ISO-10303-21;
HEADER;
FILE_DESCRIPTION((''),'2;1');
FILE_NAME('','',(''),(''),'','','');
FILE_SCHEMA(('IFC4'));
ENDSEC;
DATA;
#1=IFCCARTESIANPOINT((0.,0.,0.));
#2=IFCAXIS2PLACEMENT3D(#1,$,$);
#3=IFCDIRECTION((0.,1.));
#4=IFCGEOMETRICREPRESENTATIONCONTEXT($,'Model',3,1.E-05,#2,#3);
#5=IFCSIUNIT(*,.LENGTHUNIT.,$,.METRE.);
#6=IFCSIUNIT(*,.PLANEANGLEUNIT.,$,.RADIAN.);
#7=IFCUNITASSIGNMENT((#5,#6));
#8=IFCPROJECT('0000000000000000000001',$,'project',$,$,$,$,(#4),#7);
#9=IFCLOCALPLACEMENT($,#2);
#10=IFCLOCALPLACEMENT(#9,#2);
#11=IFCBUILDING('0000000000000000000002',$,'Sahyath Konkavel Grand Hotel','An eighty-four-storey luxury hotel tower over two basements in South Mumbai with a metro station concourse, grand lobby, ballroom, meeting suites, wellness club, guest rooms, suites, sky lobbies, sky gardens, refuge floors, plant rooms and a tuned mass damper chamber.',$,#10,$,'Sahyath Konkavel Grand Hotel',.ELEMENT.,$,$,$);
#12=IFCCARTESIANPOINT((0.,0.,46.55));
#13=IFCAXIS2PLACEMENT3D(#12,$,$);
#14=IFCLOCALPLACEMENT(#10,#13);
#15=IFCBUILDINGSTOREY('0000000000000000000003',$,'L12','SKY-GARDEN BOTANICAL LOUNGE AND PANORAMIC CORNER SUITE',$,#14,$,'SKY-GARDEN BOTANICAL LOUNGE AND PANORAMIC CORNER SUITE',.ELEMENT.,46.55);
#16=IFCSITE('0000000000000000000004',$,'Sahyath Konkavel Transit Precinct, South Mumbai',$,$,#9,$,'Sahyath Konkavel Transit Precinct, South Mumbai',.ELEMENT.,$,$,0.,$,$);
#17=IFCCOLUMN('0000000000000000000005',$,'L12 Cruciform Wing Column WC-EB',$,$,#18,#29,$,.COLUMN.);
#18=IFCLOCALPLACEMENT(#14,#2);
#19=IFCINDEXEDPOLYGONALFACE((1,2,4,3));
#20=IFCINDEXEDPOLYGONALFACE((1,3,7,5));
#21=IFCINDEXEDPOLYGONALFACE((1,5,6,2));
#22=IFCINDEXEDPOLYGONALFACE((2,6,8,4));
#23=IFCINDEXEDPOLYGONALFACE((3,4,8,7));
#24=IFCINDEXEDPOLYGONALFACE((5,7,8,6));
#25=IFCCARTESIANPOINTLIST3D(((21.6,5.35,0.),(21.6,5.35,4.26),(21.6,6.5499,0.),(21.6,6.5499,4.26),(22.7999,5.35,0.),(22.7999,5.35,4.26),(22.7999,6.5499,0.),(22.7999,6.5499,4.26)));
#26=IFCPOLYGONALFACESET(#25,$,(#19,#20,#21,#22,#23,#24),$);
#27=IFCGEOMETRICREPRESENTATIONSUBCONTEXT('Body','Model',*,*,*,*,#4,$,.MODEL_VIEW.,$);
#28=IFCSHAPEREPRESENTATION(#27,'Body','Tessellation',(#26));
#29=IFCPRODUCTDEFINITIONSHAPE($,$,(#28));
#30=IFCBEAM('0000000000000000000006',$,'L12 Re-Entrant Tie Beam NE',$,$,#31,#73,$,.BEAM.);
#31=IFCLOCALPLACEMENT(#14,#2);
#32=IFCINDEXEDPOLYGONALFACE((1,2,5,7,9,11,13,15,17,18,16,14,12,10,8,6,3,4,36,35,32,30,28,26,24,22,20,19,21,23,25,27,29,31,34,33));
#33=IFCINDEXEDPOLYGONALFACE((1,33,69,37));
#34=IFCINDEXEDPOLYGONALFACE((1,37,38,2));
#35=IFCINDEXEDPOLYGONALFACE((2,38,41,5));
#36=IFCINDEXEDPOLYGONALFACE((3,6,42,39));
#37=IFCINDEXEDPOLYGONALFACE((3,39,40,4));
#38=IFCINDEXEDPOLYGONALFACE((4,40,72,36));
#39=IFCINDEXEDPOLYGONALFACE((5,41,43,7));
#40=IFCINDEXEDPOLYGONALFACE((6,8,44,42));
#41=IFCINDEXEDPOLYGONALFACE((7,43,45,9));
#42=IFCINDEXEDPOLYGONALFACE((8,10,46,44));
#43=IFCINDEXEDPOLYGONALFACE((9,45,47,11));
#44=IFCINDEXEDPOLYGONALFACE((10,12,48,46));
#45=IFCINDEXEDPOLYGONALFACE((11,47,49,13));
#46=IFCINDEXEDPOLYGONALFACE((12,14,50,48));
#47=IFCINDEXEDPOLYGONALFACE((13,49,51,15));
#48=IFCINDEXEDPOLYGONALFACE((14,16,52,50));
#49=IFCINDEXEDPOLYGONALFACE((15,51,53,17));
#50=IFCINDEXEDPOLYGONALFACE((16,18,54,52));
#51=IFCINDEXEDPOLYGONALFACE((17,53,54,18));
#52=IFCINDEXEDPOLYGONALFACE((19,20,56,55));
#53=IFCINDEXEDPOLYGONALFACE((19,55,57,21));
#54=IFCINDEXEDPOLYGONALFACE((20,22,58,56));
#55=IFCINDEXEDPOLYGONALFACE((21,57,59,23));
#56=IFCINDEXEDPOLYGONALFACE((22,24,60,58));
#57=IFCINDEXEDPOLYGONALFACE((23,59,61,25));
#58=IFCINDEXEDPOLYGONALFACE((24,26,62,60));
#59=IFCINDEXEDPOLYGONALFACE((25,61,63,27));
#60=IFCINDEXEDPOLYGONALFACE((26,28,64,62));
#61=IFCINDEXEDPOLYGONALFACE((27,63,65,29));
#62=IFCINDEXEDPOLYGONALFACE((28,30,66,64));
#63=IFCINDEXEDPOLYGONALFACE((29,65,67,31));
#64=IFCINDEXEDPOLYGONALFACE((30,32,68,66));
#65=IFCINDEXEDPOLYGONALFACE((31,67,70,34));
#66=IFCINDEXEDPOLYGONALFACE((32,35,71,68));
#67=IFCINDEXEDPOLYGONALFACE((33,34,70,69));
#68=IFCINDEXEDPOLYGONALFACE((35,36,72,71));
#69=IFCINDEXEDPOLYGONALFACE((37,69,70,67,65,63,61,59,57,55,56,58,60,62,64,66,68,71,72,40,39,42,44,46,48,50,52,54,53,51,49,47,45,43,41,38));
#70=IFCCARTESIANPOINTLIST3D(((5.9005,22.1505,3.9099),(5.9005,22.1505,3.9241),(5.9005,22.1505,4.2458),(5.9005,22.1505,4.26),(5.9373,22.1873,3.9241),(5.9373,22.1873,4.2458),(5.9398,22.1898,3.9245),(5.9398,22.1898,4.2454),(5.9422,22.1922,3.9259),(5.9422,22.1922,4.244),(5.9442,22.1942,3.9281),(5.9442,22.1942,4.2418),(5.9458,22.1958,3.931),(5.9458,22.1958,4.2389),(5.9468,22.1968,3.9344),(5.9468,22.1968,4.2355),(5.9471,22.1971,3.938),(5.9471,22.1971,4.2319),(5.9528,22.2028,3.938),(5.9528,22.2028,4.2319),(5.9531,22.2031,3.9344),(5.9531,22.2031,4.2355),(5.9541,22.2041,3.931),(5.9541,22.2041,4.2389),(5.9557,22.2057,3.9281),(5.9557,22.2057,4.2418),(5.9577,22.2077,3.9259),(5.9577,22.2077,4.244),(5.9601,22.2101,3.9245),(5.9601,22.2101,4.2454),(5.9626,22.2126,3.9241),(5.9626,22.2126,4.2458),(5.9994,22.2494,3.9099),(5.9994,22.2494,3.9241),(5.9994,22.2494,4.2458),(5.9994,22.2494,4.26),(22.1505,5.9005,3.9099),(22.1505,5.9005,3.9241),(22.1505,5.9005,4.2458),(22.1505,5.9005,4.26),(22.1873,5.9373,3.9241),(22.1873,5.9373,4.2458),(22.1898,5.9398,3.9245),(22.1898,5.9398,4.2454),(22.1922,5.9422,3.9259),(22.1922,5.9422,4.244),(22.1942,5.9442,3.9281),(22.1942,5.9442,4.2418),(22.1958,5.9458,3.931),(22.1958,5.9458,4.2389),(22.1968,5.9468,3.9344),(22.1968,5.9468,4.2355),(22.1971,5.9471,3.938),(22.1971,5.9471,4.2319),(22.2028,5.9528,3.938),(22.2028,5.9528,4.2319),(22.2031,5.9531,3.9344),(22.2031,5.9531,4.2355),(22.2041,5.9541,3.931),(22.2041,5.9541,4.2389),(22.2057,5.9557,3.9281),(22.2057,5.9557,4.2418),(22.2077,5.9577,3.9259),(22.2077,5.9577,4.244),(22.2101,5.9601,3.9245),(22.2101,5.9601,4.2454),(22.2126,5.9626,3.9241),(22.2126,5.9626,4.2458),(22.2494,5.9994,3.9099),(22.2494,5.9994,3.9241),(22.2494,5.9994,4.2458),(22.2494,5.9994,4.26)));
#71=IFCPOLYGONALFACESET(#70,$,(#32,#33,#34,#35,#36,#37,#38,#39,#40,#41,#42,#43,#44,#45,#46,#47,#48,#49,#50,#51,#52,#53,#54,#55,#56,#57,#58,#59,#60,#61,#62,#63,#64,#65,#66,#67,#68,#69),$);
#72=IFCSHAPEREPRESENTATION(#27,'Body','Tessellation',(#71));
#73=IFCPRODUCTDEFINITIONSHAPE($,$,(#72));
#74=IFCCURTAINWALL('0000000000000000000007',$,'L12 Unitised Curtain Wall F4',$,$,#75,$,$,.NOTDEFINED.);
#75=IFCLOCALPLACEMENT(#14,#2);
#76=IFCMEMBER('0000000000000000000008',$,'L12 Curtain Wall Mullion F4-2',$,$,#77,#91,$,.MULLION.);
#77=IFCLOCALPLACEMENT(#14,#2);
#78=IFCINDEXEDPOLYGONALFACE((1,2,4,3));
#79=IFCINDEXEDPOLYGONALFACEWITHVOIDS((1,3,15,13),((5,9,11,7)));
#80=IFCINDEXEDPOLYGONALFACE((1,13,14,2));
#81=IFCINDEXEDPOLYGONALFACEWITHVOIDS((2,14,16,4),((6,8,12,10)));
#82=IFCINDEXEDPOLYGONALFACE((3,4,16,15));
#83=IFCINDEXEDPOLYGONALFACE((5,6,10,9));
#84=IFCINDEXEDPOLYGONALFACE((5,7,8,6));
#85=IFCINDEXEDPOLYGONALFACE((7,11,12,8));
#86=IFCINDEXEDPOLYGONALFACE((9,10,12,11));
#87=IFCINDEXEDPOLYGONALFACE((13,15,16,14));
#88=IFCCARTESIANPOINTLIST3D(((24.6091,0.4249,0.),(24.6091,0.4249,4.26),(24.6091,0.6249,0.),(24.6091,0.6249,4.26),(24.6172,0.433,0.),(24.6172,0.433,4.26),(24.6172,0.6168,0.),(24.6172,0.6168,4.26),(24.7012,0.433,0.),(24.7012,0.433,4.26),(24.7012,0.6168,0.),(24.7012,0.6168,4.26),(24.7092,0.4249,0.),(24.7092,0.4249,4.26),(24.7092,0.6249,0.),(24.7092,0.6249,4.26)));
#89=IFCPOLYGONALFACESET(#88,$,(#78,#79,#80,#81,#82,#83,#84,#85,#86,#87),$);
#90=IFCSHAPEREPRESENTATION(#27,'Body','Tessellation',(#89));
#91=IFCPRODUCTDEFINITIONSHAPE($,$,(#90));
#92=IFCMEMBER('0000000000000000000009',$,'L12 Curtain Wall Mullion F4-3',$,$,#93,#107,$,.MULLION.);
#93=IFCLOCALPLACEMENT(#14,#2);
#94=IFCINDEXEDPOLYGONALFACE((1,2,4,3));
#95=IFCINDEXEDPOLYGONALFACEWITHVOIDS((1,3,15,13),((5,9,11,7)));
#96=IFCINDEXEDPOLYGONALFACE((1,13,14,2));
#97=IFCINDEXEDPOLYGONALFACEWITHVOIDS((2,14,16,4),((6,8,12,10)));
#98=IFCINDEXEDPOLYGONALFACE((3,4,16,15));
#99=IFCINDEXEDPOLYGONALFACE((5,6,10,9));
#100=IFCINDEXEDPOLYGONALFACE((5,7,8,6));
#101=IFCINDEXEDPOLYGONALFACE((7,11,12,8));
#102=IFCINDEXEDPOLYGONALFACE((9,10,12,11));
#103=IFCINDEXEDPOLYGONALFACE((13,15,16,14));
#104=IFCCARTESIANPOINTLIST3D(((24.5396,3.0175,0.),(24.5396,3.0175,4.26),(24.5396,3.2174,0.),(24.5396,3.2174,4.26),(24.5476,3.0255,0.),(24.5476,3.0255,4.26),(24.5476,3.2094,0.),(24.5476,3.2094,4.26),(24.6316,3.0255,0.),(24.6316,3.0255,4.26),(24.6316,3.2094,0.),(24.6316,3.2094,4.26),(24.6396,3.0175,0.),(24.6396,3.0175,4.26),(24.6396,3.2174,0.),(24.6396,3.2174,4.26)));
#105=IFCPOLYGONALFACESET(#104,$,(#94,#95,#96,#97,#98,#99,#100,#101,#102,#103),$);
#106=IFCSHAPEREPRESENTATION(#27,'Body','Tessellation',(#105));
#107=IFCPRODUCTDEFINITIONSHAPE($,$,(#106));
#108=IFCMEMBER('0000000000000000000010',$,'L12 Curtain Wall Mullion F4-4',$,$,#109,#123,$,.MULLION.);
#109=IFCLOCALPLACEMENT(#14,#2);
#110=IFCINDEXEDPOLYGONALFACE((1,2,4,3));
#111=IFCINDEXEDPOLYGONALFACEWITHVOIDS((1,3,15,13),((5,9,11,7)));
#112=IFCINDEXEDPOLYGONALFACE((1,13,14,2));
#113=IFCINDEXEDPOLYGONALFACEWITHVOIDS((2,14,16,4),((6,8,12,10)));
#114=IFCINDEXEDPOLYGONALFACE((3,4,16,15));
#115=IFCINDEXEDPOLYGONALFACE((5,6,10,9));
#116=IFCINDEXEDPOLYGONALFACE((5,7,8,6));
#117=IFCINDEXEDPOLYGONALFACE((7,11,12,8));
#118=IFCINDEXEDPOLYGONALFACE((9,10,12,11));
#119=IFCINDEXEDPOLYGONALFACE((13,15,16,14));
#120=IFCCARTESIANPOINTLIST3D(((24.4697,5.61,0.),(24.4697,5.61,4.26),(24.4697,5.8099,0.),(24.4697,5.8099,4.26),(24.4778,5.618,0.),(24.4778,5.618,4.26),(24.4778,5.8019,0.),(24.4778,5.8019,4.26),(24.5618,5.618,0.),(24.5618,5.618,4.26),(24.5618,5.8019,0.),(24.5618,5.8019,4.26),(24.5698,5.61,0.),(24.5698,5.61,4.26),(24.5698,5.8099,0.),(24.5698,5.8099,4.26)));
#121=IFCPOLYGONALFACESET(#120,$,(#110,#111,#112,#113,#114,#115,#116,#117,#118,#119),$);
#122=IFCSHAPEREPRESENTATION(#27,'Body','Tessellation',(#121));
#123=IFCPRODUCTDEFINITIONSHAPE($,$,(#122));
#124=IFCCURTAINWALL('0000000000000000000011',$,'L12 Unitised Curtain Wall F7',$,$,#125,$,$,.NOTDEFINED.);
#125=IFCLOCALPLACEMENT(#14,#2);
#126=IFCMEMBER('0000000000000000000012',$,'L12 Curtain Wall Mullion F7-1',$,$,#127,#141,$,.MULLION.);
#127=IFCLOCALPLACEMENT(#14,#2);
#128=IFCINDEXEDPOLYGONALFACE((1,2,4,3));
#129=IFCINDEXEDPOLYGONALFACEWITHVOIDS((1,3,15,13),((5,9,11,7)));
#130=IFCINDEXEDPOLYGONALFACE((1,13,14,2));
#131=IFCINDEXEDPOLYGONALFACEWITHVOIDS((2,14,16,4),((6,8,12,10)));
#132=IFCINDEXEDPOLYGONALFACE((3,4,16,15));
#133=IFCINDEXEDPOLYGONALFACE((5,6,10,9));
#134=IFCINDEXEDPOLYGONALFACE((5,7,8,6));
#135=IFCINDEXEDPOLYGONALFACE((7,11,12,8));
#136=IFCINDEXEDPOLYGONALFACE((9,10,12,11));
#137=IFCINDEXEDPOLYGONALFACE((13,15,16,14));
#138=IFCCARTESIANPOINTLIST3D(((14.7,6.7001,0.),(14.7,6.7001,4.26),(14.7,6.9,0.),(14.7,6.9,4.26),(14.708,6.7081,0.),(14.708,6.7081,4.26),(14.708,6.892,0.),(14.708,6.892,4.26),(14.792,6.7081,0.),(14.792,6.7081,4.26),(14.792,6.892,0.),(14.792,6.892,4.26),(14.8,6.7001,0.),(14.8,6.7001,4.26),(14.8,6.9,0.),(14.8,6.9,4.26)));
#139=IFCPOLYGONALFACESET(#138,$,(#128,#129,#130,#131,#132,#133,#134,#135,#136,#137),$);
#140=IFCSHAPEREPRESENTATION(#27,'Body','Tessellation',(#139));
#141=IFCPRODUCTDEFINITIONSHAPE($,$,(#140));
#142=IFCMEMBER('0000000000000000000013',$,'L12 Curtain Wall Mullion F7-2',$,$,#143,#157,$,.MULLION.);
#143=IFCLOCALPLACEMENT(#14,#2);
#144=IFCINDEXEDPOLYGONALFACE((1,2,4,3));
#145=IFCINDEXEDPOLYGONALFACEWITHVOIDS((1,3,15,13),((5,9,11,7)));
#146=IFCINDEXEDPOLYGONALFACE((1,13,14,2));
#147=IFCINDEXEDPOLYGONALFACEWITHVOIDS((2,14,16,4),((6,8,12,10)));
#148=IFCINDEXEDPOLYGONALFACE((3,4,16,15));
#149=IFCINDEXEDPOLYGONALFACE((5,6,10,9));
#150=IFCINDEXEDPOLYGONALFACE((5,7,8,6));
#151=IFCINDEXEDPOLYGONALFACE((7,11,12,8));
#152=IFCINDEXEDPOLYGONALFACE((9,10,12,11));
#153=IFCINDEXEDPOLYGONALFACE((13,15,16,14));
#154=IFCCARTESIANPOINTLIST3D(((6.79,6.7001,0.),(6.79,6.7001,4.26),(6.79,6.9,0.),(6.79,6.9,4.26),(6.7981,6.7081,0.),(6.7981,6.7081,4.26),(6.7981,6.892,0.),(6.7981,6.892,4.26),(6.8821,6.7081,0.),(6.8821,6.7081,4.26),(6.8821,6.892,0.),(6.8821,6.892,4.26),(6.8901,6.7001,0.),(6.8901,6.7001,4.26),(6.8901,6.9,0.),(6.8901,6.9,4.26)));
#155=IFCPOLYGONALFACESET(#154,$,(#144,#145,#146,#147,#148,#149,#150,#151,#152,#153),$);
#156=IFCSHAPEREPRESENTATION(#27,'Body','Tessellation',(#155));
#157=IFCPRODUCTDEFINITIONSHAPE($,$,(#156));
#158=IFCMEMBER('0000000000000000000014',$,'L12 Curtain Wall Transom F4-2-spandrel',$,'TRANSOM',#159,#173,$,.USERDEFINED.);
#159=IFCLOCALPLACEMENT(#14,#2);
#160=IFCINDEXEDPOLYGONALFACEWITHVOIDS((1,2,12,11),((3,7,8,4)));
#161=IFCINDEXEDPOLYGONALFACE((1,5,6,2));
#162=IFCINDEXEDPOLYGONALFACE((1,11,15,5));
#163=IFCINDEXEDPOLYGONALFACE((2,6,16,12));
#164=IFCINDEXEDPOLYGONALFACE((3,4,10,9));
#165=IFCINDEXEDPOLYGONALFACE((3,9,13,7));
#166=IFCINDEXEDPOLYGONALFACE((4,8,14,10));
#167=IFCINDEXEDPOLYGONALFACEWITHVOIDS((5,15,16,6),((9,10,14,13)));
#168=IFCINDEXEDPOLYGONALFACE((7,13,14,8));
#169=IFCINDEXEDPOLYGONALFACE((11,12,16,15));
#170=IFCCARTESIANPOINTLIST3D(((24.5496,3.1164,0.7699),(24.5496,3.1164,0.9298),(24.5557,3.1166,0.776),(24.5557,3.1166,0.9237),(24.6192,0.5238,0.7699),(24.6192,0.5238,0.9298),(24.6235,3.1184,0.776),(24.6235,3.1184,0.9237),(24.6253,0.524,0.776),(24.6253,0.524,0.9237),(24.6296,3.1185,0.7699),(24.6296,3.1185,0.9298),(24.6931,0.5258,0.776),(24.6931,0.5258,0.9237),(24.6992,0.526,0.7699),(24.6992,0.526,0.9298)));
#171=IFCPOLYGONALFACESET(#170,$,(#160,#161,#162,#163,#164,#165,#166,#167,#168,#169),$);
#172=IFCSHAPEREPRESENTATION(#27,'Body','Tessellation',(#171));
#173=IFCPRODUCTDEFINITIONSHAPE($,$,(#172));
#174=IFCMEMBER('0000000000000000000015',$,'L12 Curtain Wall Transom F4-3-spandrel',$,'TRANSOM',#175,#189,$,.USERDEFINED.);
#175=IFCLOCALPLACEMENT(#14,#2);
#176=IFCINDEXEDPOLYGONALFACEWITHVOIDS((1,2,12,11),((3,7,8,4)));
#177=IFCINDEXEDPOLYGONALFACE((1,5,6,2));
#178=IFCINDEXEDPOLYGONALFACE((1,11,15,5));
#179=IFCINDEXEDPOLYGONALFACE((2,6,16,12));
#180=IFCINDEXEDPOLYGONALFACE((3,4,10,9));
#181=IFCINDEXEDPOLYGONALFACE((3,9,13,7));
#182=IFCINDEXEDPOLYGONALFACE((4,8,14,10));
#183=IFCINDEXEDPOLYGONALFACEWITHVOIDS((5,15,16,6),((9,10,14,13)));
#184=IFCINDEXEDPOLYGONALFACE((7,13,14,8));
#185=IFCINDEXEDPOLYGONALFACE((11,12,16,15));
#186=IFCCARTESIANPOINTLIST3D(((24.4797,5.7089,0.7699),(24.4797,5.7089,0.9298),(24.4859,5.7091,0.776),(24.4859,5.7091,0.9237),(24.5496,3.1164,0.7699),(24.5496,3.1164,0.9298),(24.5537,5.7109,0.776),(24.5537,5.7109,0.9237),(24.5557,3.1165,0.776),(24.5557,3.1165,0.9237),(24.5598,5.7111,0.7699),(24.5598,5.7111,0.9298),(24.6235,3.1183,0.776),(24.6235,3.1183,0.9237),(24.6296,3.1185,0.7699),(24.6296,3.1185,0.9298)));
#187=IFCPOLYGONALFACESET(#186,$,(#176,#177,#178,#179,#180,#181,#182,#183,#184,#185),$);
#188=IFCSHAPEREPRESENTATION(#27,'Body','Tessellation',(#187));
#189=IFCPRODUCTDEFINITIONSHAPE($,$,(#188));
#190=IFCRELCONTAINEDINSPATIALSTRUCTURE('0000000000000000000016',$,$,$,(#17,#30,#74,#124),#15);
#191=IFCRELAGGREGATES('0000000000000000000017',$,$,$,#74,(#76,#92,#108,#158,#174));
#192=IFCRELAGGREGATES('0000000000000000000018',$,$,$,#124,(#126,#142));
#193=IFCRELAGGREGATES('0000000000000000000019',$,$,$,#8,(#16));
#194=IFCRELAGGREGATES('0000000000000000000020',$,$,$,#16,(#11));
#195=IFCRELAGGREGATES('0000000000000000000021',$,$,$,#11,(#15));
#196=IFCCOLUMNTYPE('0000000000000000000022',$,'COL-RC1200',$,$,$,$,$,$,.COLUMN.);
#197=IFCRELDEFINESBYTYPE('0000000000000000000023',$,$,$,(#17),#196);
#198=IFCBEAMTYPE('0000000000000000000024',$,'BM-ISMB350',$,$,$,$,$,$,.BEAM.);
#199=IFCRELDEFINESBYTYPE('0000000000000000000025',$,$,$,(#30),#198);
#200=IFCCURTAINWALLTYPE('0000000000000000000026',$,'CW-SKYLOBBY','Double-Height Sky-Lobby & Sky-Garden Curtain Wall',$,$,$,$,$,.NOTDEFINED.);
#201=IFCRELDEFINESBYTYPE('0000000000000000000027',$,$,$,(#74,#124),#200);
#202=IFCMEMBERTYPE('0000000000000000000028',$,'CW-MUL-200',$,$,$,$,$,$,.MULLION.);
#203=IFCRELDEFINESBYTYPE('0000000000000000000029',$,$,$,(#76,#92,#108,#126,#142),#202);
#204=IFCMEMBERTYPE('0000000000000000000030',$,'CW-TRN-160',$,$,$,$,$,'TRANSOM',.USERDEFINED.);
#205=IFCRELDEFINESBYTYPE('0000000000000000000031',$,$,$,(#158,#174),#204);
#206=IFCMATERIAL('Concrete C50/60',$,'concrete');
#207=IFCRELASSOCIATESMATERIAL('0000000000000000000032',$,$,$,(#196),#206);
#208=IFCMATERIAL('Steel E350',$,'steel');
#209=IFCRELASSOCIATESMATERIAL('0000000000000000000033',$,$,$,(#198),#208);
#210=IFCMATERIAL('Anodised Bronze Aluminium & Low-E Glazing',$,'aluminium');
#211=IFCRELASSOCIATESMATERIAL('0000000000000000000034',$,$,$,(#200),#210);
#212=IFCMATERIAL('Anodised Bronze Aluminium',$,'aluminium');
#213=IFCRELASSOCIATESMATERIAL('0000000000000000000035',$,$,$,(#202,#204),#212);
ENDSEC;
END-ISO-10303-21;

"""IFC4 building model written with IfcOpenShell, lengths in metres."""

from ifc_helpers import new_model, si_unit, direction, frame, origin, origin_2d, place, context, subcontext, project, spatial, rectangle, hollow_rectangle, i_section, extrude, source, transform, mapped, material, material_profile, profile_set, type_object, element, aggregate, save


model = new_model("IFC4")

# Units and contexts
model_context = context("Model", 3, precision=1e-05, world=origin(), true_north=direction((0.0, 1.0)))
body_context = subcontext(model_context, "Body", "Model", "MODEL_VIEW")
ifc_project = project(units=[si_unit("LENGTHUNIT", "METRE"), si_unit("PLANEANGLEUNIT", "RADIAN")], contexts=[model_context])

# Site, building, storey
site_placement = place(None, origin())
site = spatial("IfcSite", under=ifc_project, at=site_placement, Name="Sahyath Konkavel Transit Precinct, South Mumbai", LongName="Sahyath Konkavel Transit Precinct, South Mumbai", CompositionType="ELEMENT", RefElevation=0.0)
building_placement = place(site_placement, origin())
building = spatial("IfcBuilding", under=site, at=building_placement, Name="Sahyath Konkavel Grand Hotel", Description="An eighty-four-storey luxury hotel tower over two basements in South Mumbai with a metro station concourse, grand lobby, ballroom, meeting suites, wellness club, guest rooms, suites, sky lobbies, sky gardens, refuge floors, plant rooms and a tuned mass damper chamber.", LongName="Sahyath Konkavel Grand Hotel", CompositionType="ELEMENT")
storey_placement = place(building_placement, frame((0.0, 0.0, 46.55)))
storey = spatial("IfcBuildingStorey", under=building, at=storey_placement, Name="L12", Description="SKY-GARDEN BOTANICAL LOUNGE AND PANORAMIC CORNER SUITE", LongName="SKY-GARDEN BOTANICAL LOUNGE AND PANORAMIC CORNER SUITE", CompositionType="ELEMENT", Elevation=46.55)

# Column
ifc_material_1 = material(Name="Concrete C50/60", Category="concrete")
ifc_material_profile_1 = material_profile(ifc_material_1, rectangle(XDim=1.2, YDim=1.2, at=origin_2d()), Name="RC 1200x1200")
ifc_profile_set_1 = profile_set([ifc_material_profile_1], Name="Concrete C50/60")
column_type = type_object("IfcColumnType", Name="COL-RC1200", PredefinedType="COLUMN", material=ifc_profile_set_1)
shared_shape_1 = source(origin(), body_context, "Body", "SweptSolid", [
    extrude(rectangle(XDim=1.2, YDim=1.2, at=origin_2d()), origin(), (0.0, 0.0, 1.0), 4.26),
])
column_placement = place(storey_placement, frame((22.2, 5.95, 0.0), z_axis=(0.0, 0.0, 1.0), x_axis=(1.0, 0.0, 0.0)))
element("IfcColumn", 1, at=column_placement, inside=storey, type_object=column_type, Name="L12 Cruciform Wing Column WC-EB", PredefinedType="COLUMN", context=body_context, shape_type="MappedRepresentation", body=[
    mapped(shared_shape_1, transform((0.0, 0.0, 0.0), scale=1.0)),
])

# Beam
ifc_material_2 = material(Name="Steel E350", Category="steel")
ifc_material_profile_2 = material_profile(ifc_material_2, i_section(OverallWidth=0.1399, OverallDepth=0.3501, WebThickness=0.0081, FlangeThickness=0.0142, FilletRadius=0.0139, at=origin_2d()), Name="ISMB 350")
ifc_profile_set_2 = profile_set([ifc_material_profile_2], Name="Steel E350")
beam_type_1 = type_object("IfcBeamType", Name="BM-ISMB350", PredefinedType="BEAM", material=ifc_profile_set_2)
shared_shape_2 = source(origin(), body_context, "Body", "SweptSolid", [
    extrude(i_section(OverallWidth=0.1399, OverallDepth=0.3501, WebThickness=0.0081, FlangeThickness=0.0142, FilletRadius=0.0139, at=origin_2d()), origin(), (0.0, 0.0, 1.0), 22.981),
])
beam_1_placement = place(storey_placement, frame((22.2, 5.95, 4.085), z_axis=(-0.707107, 0.707107, 0.0), x_axis=(-0.707107, -0.707107, 0.0)))
element("IfcBeam", 2, at=beam_1_placement, inside=storey, type_object=beam_type_1, Name="L12 Re-Entrant Tie Beam NE", PredefinedType="BEAM", context=body_context, shape_type="MappedRepresentation", body=[
    mapped(shared_shape_2, transform((0.0, 0.0, 0.0), scale=1.0)),
])

# Curtain walls, members
ifc_material_3 = material(Name="Anodised Bronze Aluminium & Low-E Glazing", Category="aluminium")
curtain_wall_type = type_object("IfcCurtainWallType", Name="CW-SKYLOBBY", Description="Double-Height Sky-Lobby & Sky-Garden Curtain Wall", PredefinedType="NOTDEFINED", material=ifc_material_3)
curtain_wall_1_placement = place(storey_placement, origin())
curtain_wall_1 = element("IfcCurtainWall", 3, at=curtain_wall_1_placement, inside=storey, type_object=curtain_wall_type, Name="L12 Unitised Curtain Wall F4", PredefinedType="NOTDEFINED")
ifc_material_4 = material(Name="Anodised Bronze Aluminium", Category="aluminium")
ifc_material_profile_3 = material_profile(ifc_material_4, hollow_rectangle(XDim=0.1001, YDim=0.2, WallThickness=0.0081, at=origin_2d()), Name="RHS 200x100x8")
ifc_profile_set_3 = profile_set([ifc_material_profile_3], Name="Anodised Bronze Aluminium")
member_type_1 = type_object("IfcMemberType", Name="CW-MUL-200", PredefinedType="MULLION", material=ifc_profile_set_3)
shared_shape_3 = source(origin(), body_context, "Body", "SweptSolid", [
    extrude(hollow_rectangle(XDim=0.1001, YDim=0.2, WallThickness=0.0081, at=origin_2d()), origin(), (0.0, 0.0, 1.0), 4.26),
])
member_1_placement = place(storey_placement, frame((24.6592, 0.5249, 0.0), z_axis=(0.0, 0.0, 1.0), x_axis=(1.0, 0.0, 0.0)))
member_1 = element("IfcMember", 4, at=member_1_placement, type_object=member_type_1, Name="L12 Curtain Wall Mullion F4-2", PredefinedType="MULLION", context=body_context, shape_type="MappedRepresentation", body=[
    mapped(shared_shape_3, transform((0.0, 0.0, 0.0), scale=1.0)),
])
member_2_placement = place(storey_placement, frame((24.5896, 3.1174, 0.0), z_axis=(0.0, 0.0, 1.0), x_axis=(1.0, 0.0, 0.0)))
member_2 = element("IfcMember", 5, at=member_2_placement, type_object=member_type_1, Name="L12 Curtain Wall Mullion F4-3", PredefinedType="MULLION", context=body_context, shape_type="MappedRepresentation", body=[
    mapped(shared_shape_3, transform((0.0, 0.0, 0.0), scale=1.0)),
])
member_3_placement = place(storey_placement, frame((24.5198, 5.71, 0.0), z_axis=(0.0, 0.0, 1.0), x_axis=(1.0, 0.0, 0.0)))
member_3 = element("IfcMember", 6, at=member_3_placement, type_object=member_type_1, Name="L12 Curtain Wall Mullion F4-4", PredefinedType="MULLION", context=body_context, shape_type="MappedRepresentation", body=[
    mapped(shared_shape_3, transform((0.0, 0.0, 0.0), scale=1.0)),
])
curtain_wall_2_placement = place(storey_placement, origin())
curtain_wall_2 = element("IfcCurtainWall", 7, at=curtain_wall_2_placement, inside=storey, type_object=curtain_wall_type, Name="L12 Unitised Curtain Wall F7", PredefinedType="NOTDEFINED")
member_4_placement = place(storey_placement, frame((14.75, 6.8, 0.0), z_axis=(0.0, 0.0, 1.0), x_axis=(1.0, 0.0, 0.0)))
member_4 = element("IfcMember", 8, at=member_4_placement, type_object=member_type_1, Name="L12 Curtain Wall Mullion F7-1", PredefinedType="MULLION", context=body_context, shape_type="MappedRepresentation", body=[
    mapped(shared_shape_3, transform((0.0, 0.0, 0.0), scale=1.0)),
])
member_5_placement = place(storey_placement, frame((6.8401, 6.8, 0.0), z_axis=(0.0, 0.0, 1.0), x_axis=(1.0, 0.0, 0.0)))
member_5 = element("IfcMember", 9, at=member_5_placement, type_object=member_type_1, Name="L12 Curtain Wall Mullion F7-2", PredefinedType="MULLION", context=body_context, shape_type="MappedRepresentation", body=[
    mapped(shared_shape_3, transform((0.0, 0.0, 0.0), scale=1.0)),
])

# Members
ifc_material_profile_4 = material_profile(ifc_material_4, hollow_rectangle(XDim=0.0801, YDim=0.1599, WallThickness=0.0061, at=origin_2d()), Name="RHS 160x80x6")
ifc_profile_set_4 = profile_set([ifc_material_profile_4], Name="Anodised Bronze Aluminium")
member_type_2 = type_object("IfcMemberType", Name="CW-TRN-160", ElementType="TRANSOM", PredefinedType="USERDEFINED", material=ifc_profile_set_4)
shared_shape_4 = source(origin(), body_context, "Body", "SweptSolid", [
    extrude(hollow_rectangle(XDim=0.0801, YDim=0.1599, WallThickness=0.0061, at=origin_2d()), origin(), (0.0, 0.0, 1.0), 2.5935),
])
member_6_placement = place(storey_placement, frame((24.6592, 0.5249, 0.8499), z_axis=(-0.026829, 0.99964, 0.0), x_axis=(-0.99964, -0.026829, 0.0)))
member_6 = element("IfcMember", 10, at=member_6_placement, type_object=member_type_2, Name="L12 Curtain Wall Transom F4-2-spandrel", ObjectType="TRANSOM", PredefinedType="USERDEFINED", context=body_context, shape_type="MappedRepresentation", body=[
    mapped(shared_shape_4, transform((0.0, 0.0, 0.0), scale=1.0)),
])
member_7_placement = place(storey_placement, frame((24.5896, 3.1174, 0.8499), z_axis=(-0.026923, 0.999638, 0.0), x_axis=(-0.999638, -0.026923, 0.0)))
member_7 = element("IfcMember", 11, at=member_7_placement, type_object=member_type_2, Name="L12 Curtain Wall Transom F4-3-spandrel", ObjectType="TRANSOM", PredefinedType="USERDEFINED", context=body_context, shape_type="MappedRepresentation", body=[
    mapped(shared_shape_4, transform((0.0, 0.0, 0.0), scale=1.0)),
])

aggregate(curtain_wall_1, [member_1, member_2, member_3, member_6, member_7])
aggregate(curtain_wall_2, [member_4, member_5])

save(model, "model.ifc")
